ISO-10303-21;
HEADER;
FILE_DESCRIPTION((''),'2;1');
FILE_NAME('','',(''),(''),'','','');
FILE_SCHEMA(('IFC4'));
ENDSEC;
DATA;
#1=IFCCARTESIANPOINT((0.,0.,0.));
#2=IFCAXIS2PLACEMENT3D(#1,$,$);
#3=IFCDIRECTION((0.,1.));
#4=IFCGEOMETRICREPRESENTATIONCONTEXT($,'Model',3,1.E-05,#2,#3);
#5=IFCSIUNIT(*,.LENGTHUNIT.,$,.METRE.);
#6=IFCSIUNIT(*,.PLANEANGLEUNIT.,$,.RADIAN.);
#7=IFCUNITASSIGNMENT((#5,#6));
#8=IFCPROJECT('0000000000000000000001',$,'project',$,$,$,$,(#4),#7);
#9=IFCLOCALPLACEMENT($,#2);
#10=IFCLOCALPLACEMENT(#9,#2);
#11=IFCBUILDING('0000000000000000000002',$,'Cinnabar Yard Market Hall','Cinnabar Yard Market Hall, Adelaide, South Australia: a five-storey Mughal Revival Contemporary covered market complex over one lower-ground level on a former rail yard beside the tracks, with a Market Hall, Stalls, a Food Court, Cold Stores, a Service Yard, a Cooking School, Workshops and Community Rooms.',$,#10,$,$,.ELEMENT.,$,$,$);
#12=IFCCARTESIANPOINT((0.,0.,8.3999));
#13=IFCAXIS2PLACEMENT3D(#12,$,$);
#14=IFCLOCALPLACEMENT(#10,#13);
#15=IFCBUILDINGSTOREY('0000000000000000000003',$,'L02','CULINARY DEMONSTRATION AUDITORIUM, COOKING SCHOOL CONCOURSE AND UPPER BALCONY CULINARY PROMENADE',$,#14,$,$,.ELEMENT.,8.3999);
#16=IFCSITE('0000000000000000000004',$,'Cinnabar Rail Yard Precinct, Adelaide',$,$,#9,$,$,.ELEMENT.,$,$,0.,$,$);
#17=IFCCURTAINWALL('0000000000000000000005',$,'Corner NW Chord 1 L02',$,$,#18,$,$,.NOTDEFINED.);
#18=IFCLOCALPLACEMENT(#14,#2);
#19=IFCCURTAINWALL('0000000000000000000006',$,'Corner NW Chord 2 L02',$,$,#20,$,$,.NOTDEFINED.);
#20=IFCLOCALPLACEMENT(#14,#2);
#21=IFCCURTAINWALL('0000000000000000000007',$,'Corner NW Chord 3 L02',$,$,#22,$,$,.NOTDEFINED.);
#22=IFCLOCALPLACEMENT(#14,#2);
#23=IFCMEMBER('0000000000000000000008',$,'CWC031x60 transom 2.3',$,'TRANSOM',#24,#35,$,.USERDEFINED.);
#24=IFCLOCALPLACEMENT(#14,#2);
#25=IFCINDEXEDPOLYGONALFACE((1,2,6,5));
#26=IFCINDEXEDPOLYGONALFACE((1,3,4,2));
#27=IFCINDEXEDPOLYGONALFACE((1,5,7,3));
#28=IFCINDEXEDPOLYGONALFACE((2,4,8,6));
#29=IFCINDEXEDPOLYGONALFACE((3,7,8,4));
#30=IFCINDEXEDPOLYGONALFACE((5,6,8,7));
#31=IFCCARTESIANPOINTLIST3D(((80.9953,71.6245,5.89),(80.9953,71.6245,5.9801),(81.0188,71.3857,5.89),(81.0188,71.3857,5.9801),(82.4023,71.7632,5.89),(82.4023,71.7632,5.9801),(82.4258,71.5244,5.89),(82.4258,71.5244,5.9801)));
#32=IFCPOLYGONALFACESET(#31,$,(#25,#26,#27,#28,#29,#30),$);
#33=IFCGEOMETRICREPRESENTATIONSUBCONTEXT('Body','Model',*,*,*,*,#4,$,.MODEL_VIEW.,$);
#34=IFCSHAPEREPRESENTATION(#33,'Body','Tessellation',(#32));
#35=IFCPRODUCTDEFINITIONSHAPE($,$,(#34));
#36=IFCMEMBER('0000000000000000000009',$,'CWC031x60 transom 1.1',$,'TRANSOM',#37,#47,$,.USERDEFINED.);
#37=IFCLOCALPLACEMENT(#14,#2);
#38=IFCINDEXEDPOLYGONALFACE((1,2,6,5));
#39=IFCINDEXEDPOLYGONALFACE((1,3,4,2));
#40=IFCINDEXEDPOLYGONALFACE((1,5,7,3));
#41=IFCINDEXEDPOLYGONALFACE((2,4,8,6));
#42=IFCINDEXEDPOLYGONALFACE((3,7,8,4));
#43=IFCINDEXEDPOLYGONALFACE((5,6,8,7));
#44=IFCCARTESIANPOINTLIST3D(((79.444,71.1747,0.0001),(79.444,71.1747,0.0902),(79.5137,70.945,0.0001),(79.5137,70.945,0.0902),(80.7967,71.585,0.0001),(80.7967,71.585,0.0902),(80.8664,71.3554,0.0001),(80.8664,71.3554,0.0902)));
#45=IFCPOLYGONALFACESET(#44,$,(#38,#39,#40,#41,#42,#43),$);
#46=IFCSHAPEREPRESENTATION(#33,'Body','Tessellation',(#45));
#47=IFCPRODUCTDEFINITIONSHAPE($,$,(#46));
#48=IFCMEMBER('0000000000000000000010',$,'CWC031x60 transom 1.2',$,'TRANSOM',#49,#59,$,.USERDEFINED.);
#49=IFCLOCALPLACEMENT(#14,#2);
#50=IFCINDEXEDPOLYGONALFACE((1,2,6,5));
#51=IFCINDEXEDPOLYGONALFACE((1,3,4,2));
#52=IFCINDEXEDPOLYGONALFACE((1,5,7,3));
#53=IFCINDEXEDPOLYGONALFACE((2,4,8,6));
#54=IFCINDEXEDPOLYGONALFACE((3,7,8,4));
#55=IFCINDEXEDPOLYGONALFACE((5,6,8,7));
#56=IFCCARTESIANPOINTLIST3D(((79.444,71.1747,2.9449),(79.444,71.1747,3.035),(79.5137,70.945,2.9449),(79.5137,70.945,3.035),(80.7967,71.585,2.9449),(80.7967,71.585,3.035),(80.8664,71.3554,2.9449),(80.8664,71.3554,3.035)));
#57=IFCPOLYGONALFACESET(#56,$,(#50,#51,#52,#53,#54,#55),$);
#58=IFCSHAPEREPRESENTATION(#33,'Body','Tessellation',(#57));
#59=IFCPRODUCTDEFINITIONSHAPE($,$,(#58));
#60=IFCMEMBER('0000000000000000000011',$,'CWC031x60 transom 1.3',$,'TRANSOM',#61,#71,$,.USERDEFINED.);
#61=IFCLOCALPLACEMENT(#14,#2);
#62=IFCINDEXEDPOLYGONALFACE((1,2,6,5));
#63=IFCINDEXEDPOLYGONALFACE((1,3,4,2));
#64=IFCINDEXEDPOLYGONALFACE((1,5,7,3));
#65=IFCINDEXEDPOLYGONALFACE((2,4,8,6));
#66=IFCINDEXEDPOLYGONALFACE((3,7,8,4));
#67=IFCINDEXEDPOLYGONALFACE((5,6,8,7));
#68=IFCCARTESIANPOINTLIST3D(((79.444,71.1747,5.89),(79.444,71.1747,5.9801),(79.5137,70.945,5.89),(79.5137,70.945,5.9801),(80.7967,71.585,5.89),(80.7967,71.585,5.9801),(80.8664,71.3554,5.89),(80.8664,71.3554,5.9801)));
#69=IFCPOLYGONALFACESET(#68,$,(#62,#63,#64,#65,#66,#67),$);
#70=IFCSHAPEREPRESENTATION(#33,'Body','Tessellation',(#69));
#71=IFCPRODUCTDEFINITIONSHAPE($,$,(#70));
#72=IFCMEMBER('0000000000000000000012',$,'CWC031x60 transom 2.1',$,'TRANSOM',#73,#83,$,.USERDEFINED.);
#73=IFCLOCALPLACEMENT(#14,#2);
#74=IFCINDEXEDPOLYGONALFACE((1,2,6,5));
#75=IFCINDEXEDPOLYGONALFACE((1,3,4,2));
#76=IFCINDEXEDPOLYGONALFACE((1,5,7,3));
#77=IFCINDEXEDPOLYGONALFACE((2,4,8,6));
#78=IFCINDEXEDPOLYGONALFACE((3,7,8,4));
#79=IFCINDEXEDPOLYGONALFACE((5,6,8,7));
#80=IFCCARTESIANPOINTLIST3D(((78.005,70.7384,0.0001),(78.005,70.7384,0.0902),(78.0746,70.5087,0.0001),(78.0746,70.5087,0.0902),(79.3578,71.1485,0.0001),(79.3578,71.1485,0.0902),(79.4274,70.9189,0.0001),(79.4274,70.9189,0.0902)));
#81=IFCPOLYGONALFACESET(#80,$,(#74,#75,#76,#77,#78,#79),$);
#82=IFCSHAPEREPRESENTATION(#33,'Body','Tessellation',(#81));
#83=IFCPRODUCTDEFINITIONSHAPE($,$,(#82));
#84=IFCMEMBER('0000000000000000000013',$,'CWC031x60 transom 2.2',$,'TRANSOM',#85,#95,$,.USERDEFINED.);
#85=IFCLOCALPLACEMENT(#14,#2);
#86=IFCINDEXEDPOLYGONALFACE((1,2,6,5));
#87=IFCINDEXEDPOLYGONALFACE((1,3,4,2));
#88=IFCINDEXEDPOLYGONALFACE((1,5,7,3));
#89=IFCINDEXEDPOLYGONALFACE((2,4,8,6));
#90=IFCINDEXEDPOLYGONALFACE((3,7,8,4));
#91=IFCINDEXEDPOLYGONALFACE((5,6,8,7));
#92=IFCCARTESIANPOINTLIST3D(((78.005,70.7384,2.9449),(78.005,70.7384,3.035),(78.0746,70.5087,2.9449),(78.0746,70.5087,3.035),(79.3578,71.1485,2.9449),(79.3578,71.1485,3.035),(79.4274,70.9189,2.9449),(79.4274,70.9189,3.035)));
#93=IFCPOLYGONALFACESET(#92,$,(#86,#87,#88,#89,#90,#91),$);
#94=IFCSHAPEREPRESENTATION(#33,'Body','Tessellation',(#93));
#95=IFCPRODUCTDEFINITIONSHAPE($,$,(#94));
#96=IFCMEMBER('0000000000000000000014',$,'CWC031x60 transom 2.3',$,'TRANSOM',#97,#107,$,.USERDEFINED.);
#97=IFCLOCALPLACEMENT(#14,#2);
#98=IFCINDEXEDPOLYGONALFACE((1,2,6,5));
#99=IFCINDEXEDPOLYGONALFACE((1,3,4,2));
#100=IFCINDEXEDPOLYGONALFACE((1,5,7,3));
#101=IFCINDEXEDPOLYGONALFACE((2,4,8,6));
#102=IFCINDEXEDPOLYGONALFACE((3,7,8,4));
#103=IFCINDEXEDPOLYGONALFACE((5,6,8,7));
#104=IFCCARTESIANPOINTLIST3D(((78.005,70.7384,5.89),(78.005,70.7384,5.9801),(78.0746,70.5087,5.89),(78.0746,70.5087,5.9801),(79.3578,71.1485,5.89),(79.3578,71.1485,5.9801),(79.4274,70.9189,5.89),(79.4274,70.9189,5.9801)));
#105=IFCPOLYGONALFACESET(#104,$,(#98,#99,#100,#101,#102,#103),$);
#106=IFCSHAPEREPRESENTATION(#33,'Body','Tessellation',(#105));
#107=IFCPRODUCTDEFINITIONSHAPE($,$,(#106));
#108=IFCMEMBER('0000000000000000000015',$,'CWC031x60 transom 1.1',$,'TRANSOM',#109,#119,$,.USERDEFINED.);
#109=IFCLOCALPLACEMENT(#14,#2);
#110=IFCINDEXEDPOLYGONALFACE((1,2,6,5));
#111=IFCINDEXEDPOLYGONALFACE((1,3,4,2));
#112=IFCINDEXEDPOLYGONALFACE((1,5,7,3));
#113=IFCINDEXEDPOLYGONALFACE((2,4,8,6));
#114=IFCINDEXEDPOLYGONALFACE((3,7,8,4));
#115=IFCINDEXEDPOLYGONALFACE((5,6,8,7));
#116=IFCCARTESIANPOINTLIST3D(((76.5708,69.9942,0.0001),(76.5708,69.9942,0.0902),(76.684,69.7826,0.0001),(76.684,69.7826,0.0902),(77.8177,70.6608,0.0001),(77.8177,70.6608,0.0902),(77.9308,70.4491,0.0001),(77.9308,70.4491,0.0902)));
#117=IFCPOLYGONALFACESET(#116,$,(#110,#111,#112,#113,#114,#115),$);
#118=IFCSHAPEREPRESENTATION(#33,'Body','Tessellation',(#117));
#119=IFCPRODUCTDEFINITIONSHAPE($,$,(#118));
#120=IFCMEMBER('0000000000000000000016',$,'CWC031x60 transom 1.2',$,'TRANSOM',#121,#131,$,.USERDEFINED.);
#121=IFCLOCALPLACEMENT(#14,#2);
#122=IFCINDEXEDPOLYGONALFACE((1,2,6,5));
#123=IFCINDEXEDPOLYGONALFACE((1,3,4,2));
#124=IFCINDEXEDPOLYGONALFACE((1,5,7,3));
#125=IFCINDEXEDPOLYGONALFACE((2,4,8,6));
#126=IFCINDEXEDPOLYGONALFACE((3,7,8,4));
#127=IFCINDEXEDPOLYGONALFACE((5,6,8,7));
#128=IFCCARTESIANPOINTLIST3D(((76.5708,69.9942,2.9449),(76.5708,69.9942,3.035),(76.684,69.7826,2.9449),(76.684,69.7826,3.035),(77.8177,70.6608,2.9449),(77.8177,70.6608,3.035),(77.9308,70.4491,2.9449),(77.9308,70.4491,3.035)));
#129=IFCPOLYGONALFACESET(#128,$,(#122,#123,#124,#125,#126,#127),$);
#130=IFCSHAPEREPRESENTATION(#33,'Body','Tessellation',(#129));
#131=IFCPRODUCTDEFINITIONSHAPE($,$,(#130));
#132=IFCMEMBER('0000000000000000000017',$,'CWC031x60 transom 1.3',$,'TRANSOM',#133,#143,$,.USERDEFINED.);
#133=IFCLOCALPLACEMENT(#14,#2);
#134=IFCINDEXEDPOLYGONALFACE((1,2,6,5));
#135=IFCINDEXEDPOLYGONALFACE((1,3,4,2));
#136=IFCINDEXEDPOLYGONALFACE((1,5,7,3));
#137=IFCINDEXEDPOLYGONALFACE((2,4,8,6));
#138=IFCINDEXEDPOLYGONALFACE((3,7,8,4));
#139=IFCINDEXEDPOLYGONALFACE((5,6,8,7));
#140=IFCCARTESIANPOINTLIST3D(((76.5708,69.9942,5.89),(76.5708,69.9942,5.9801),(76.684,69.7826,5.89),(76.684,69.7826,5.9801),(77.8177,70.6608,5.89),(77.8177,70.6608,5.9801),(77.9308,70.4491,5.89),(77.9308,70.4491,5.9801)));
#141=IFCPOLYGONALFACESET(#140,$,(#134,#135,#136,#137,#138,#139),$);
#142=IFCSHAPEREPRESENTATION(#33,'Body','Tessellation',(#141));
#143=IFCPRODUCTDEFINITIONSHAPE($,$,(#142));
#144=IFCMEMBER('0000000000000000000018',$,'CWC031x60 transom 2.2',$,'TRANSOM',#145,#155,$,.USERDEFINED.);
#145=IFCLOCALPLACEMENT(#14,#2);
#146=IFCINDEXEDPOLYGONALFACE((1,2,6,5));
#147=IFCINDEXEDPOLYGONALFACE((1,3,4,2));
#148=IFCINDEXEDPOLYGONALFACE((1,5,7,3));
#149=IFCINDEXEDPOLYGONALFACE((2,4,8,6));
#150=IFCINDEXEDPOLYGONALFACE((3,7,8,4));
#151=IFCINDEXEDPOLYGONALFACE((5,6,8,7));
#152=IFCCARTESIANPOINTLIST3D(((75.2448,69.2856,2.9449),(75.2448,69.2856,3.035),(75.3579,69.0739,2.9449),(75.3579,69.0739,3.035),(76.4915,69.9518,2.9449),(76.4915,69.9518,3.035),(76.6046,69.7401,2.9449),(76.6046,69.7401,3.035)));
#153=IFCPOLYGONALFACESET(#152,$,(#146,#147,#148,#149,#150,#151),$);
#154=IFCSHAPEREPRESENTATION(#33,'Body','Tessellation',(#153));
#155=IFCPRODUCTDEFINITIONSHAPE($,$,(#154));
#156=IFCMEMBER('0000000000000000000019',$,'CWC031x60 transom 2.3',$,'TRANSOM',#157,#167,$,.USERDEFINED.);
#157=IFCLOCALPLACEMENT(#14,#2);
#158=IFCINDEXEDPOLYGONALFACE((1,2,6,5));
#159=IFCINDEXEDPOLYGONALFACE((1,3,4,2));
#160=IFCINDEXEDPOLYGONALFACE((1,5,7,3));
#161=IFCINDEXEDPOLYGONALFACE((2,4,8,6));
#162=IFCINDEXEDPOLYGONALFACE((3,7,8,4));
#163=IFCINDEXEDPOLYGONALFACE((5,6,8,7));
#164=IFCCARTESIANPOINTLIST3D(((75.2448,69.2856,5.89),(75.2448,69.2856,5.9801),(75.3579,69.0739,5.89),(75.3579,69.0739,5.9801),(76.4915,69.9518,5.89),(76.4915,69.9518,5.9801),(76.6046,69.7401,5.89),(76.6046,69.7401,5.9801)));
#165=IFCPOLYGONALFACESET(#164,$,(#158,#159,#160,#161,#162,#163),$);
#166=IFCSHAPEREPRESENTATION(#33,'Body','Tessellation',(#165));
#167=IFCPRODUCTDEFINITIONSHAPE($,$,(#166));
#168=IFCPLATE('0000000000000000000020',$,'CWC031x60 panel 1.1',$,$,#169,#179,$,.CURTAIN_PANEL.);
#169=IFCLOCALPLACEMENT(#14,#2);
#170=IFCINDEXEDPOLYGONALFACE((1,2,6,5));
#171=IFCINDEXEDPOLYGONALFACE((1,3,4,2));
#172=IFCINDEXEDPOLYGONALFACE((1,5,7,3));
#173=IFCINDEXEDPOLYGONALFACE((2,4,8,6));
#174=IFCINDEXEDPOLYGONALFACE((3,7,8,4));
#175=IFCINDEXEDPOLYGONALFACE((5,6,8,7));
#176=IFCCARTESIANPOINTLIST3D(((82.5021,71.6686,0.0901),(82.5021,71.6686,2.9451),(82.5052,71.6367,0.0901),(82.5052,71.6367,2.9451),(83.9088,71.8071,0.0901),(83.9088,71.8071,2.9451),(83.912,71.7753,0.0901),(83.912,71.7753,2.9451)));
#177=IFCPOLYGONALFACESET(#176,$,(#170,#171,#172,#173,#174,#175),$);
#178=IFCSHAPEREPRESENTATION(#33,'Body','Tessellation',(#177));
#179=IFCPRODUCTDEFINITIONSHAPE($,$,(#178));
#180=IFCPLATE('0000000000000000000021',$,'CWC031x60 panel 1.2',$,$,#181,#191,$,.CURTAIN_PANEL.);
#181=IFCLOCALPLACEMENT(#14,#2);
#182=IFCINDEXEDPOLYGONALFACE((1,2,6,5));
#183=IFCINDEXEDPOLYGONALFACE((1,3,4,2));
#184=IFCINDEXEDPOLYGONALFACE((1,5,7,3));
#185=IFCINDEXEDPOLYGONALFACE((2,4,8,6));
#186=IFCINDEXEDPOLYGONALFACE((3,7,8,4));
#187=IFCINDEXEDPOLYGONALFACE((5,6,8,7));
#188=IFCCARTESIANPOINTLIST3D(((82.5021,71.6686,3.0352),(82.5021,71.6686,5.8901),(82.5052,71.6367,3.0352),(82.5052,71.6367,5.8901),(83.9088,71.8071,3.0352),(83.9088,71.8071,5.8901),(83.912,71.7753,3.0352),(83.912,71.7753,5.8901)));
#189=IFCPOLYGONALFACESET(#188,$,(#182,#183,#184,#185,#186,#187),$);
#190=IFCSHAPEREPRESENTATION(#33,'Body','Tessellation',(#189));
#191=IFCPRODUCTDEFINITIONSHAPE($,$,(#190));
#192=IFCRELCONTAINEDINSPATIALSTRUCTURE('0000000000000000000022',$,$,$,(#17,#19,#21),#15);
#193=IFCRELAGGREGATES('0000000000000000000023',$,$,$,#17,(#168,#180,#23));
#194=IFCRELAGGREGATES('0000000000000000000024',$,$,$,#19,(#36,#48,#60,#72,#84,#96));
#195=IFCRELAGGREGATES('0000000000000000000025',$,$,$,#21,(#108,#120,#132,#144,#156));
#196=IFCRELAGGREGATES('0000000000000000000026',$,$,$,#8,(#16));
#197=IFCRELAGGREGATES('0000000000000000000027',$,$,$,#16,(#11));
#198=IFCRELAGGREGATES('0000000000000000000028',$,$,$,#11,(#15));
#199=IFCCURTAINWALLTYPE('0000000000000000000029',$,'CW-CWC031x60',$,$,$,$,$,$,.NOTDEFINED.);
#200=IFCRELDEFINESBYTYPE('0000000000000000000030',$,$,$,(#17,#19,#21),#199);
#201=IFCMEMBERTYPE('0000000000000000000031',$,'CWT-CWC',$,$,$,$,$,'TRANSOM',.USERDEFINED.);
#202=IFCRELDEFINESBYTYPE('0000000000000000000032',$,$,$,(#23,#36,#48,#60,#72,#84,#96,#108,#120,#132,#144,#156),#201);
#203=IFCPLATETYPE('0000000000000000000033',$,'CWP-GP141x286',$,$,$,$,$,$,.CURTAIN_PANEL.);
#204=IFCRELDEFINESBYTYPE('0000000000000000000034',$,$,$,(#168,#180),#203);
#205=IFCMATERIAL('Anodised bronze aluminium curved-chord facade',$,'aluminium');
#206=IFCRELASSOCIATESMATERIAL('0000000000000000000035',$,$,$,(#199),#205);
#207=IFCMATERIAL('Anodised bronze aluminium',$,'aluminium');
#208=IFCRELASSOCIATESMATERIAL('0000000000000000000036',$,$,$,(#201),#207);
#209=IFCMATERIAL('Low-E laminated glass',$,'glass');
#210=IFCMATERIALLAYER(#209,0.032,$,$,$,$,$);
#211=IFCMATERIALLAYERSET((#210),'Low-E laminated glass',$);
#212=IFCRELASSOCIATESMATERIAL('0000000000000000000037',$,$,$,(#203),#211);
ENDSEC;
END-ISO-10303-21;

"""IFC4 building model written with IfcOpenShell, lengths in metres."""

from ifc_helpers import new_model, si_unit, direction, frame, origin, origin_2d_with_axis, place, context, subcontext, project, spatial, rectangle, extrude, material, layer, layer_set, material_profile, profile_set, type_object, element, aggregate, save


model = new_model("IFC4")

# Units and contexts
model_context = context("Model", 3, precision=1e-05, world=origin(), true_north=direction((0.0, 1.0)))
body_context = subcontext(model_context, "Body", "Model", "MODEL_VIEW")
ifc_project = project(units=[si_unit("LENGTHUNIT", "METRE"), si_unit("PLANEANGLEUNIT", "RADIAN")], contexts=[model_context])

# Site, building, storey
site_placement = place(None, origin())
site = spatial("IfcSite", under=ifc_project, at=site_placement, Name="Cinnabar Rail Yard Precinct, Adelaide", CompositionType="ELEMENT", RefElevation=0.0)
building_placement = place(site_placement, origin())
building = spatial("IfcBuilding", under=site, at=building_placement, Name="Cinnabar Yard Market Hall", Description="Cinnabar Yard Market Hall, Adelaide, South Australia: a five-storey Mughal Revival Contemporary covered market complex over one lower-ground level on a former rail yard beside the tracks, with a Market Hall, Stalls, a Food Court, Cold Stores, a Service Yard, a Cooking School, Workshops and Community Rooms.", CompositionType="ELEMENT")
storey_placement = place(building_placement, frame((0.0, 0.0, 8.3999)))
storey = spatial("IfcBuildingStorey", under=building, at=storey_placement, Name="L02", Description="CULINARY DEMONSTRATION AUDITORIUM, COOKING SCHOOL CONCOURSE AND UPPER BALCONY CULINARY PROMENADE", CompositionType="ELEMENT", Elevation=8.3999)

# Curtain walls
ifc_material_1 = material(Name="Anodised bronze aluminium curved-chord facade", Category="aluminium")
curtain_wall_type_1 = type_object("IfcCurtainWallType", Name="CW-CWC031x60", PredefinedType="NOTDEFINED", material=ifc_material_1)
curtain_wall_1_placement = place(storey_placement, origin())
curtain_wall_1 = element("IfcCurtainWall", 1, at=curtain_wall_1_placement, inside=storey, type_object=curtain_wall_type_1, Name="Corner NW Chord 1 L02", PredefinedType="NOTDEFINED")
ifc_material_2 = material(Name="Anodised bronze aluminium", Category="aluminium")
curtain_wall_2_placement = place(storey_placement, origin())
curtain_wall_2 = element("IfcCurtainWall", 2, at=curtain_wall_2_placement, inside=storey, type_object=curtain_wall_type_1, Name="Corner NW Chord 2 L02", PredefinedType="NOTDEFINED")
curtain_wall_3_placement = place(storey_placement, origin())
curtain_wall_3 = element("IfcCurtainWall", 3, at=curtain_wall_3_placement, inside=storey, type_object=curtain_wall_type_1, Name="Corner NW Chord 3 L02", PredefinedType="NOTDEFINED")

# Members
ifc_material_profile_1 = material_profile(ifc_material_2, rectangle(XDim=0.24, YDim=0.0901, at=origin_2d_with_axis()), Name="TRN-CWC")
ifc_profile_set_1 = profile_set([ifc_material_profile_1], Name="Anodised bronze aluminium")
member_type_1 = type_object("IfcMemberType", Name="CWT-CWC", ElementType="TRANSOM", PredefinedType="USERDEFINED", material=ifc_profile_set_1)
member_1_placement = place(storey_placement, frame((82.4141, 71.6438, 5.9351), z_axis=(-0.995178, -0.098085, 0.0), x_axis=(0.098085, -0.995178, 0.0)))
member_1 = element("IfcMember", 4, at=member_1_placement, type_object=member_type_1, Name="CWC031x60 transom 2.3", ObjectType="TRANSOM", PredefinedType="USERDEFINED", context=body_context, shape_type="SweptSolid", body=[
    extrude(rectangle(XDim=0.24, YDim=0.0901, at=origin_2d_with_axis()), origin(), (0.0, 0.0, 1.0), 1.4138),
])
member_2_placement = place(storey_placement, frame((80.8315, 71.4702, 0.0452), z_axis=(-0.956933, -0.290309, 0.0), x_axis=(0.290309, -0.956933, 0.0)))
member_2 = element("IfcMember", 5, at=member_2_placement, type_object=member_type_1, Name="CWC031x60 transom 1.1", ObjectType="TRANSOM", PredefinedType="USERDEFINED", context=body_context, shape_type="SweptSolid", body=[
    extrude(rectangle(XDim=0.24, YDim=0.0901, at=origin_2d_with_axis()), origin(), (0.0, 0.0, 1.0), 1.4136),
])
member_3_placement = place(storey_placement, frame((80.8315, 71.4702, 2.99), z_axis=(-0.956933, -0.290309, 0.0), x_axis=(0.290309, -0.956933, 0.0)))
member_3 = element("IfcMember", 6, at=member_3_placement, type_object=member_type_1, Name="CWC031x60 transom 1.2", ObjectType="TRANSOM", PredefinedType="USERDEFINED", context=body_context, shape_type="SweptSolid", body=[
    extrude(rectangle(XDim=0.24, YDim=0.0901, at=origin_2d_with_axis()), origin(), (0.0, 0.0, 1.0), 1.4136),
])
member_4_placement = place(storey_placement, frame((80.8315, 71.4702, 5.9351), z_axis=(-0.956933, -0.290309, 0.0), x_axis=(0.290309, -0.956933, 0.0)))
member_4 = element("IfcMember", 7, at=member_4_placement, type_object=member_type_1, Name="CWC031x60 transom 1.3", ObjectType="TRANSOM", PredefinedType="USERDEFINED", context=body_context, shape_type="SweptSolid", body=[
    extrude(rectangle(XDim=0.24, YDim=0.0901, at=origin_2d_with_axis()), origin(), (0.0, 0.0, 1.0), 1.4136),
])
member_5_placement = place(storey_placement, frame((79.3926, 71.0337, 0.0452), z_axis=(-0.956981, -0.290151, 0.0), x_axis=(0.290151, -0.956981, 0.0)))
member_5 = element("IfcMember", 8, at=member_5_placement, type_object=member_type_1, Name="CWC031x60 transom 2.1", ObjectType="TRANSOM", PredefinedType="USERDEFINED", context=body_context, shape_type="SweptSolid", body=[
    extrude(rectangle(XDim=0.24, YDim=0.0901, at=origin_2d_with_axis()), origin(), (0.0, 0.0, 1.0), 1.4136),
])
member_6_placement = place(storey_placement, frame((79.3926, 71.0337, 2.99), z_axis=(-0.956981, -0.290151, 0.0), x_axis=(0.290151, -0.956981, 0.0)))
member_6 = element("IfcMember", 9, at=member_6_placement, type_object=member_type_1, Name="CWC031x60 transom 2.2", ObjectType="TRANSOM", PredefinedType="USERDEFINED", context=body_context, shape_type="SweptSolid", body=[
    extrude(rectangle(XDim=0.24, YDim=0.0901, at=origin_2d_with_axis()), origin(), (0.0, 0.0, 1.0), 1.4136),
])
member_7_placement = place(storey_placement, frame((79.3926, 71.0337, 5.9351), z_axis=(-0.956981, -0.290151, 0.0), x_axis=(0.290151, -0.956981, 0.0)))
member_7 = element("IfcMember", 10, at=member_7_placement, type_object=member_type_1, Name="CWC031x60 transom 2.3", ObjectType="TRANSOM", PredefinedType="USERDEFINED", context=body_context, shape_type="SweptSolid", body=[
    extrude(rectangle(XDim=0.24, YDim=0.0901, at=origin_2d_with_axis()), origin(), (0.0, 0.0, 1.0), 1.4136),
])
member_8_placement = place(storey_placement, frame((77.8743, 70.5549, 0.0452), z_axis=(-0.881903, -0.471431, 0.0), x_axis=(0.471431, -0.881903, 0.0)))
member_8 = element("IfcMember", 11, at=member_8_placement, type_object=member_type_1, Name="CWC031x60 transom 1.1", ObjectType="TRANSOM", PredefinedType="USERDEFINED", context=body_context, shape_type="SweptSolid", body=[
    extrude(rectangle(XDim=0.24, YDim=0.0901, at=origin_2d_with_axis()), origin(), (0.0, 0.0, 1.0), 1.4138),
])
member_9_placement = place(storey_placement, frame((77.8743, 70.5549, 2.99), z_axis=(-0.881903, -0.471431, 0.0), x_axis=(0.471431, -0.881903, 0.0)))
member_9 = element("IfcMember", 12, at=member_9_placement, type_object=member_type_1, Name="CWC031x60 transom 1.2", ObjectType="TRANSOM", PredefinedType="USERDEFINED", context=body_context, shape_type="SweptSolid", body=[
    extrude(rectangle(XDim=0.24, YDim=0.0901, at=origin_2d_with_axis()), origin(), (0.0, 0.0, 1.0), 1.4138),
])
member_10_placement = place(storey_placement, frame((77.8743, 70.5549, 5.9351), z_axis=(-0.881903, -0.471431, 0.0), x_axis=(0.471431, -0.881903, 0.0)))
member_10 = element("IfcMember", 13, at=member_10_placement, type_object=member_type_1, Name="CWC031x60 transom 1.3", ObjectType="TRANSOM", PredefinedType="USERDEFINED", context=body_context, shape_type="SweptSolid", body=[
    extrude(rectangle(XDim=0.24, YDim=0.0901, at=origin_2d_with_axis()), origin(), (0.0, 0.0, 1.0), 1.4138),
])
member_11_placement = place(storey_placement, frame((76.5481, 69.8459, 2.99), z_axis=(-0.881975, -0.471296, 0.0), x_axis=(0.471296, -0.881975, 0.0)))
member_11 = element("IfcMember", 14, at=member_11_placement, type_object=member_type_1, Name="CWC031x60 transom 2.2", ObjectType="TRANSOM", PredefinedType="USERDEFINED", context=body_context, shape_type="SweptSolid", body=[
    extrude(rectangle(XDim=0.24, YDim=0.0901, at=origin_2d_with_axis()), origin(), (0.0, 0.0, 1.0), 1.4136),
])
member_12_placement = place(storey_placement, frame((76.5481, 69.8459, 5.9351), z_axis=(-0.881975, -0.471296, 0.0), x_axis=(0.471296, -0.881975, 0.0)))
member_12 = element("IfcMember", 15, at=member_12_placement, type_object=member_type_1, Name="CWC031x60 transom 2.3", ObjectType="TRANSOM", PredefinedType="USERDEFINED", context=body_context, shape_type="SweptSolid", body=[
    extrude(rectangle(XDim=0.24, YDim=0.0901, at=origin_2d_with_axis()), origin(), (0.0, 0.0, 1.0), 1.4136),
])

# Plates
ifc_material_3 = material(Name="Low-E laminated glass", Category="glass")
ifc_layer_1 = layer(ifc_material_3, 0.032)
ifc_layer_set_1 = layer_set([ifc_layer_1], Name="Low-E laminated glass")
plate_type_1 = type_object("IfcPlateType", Name="CWP-GP141x286", PredefinedType="CURTAIN_PANEL", material=ifc_layer_set_1)
plate_1_placement = place(storey_placement, frame((83.207, 71.7219, 0.0901), z_axis=(0.0, 0.0, 1.0), x_axis=(-0.995184, -0.09802, 0.0)))
plate_1 = element("IfcPlate", 16, at=plate_1_placement, type_object=plate_type_1, Name="CWC031x60 panel 1.1", PredefinedType="CURTAIN_PANEL", context=body_context, shape_type="SweptSolid", body=[
    extrude(rectangle(XDim=1.4136, YDim=0.032, at=origin_2d_with_axis()), origin(), (0.0, 0.0, 1.0), 2.855),
])
plate_2_placement = place(storey_placement, frame((83.207, 71.7219, 3.0352), z_axis=(0.0, 0.0, 1.0), x_axis=(-0.995184, -0.09802, 0.0)))
plate_2 = element("IfcPlate", 17, at=plate_2_placement, type_object=plate_type_1, Name="CWC031x60 panel 1.2", PredefinedType="CURTAIN_PANEL", context=body_context, shape_type="SweptSolid", body=[
    extrude(rectangle(XDim=1.4136, YDim=0.032, at=origin_2d_with_axis()), origin(), (0.0, 0.0, 1.0), 2.855),
])
aggregate(curtain_wall_1, [plate_1, plate_2, member_1])
aggregate(curtain_wall_2, [member_2, member_3, member_4, member_5, member_6, member_7])
aggregate(curtain_wall_3, [member_8, member_9, member_10, member_11, member_12])

save(model, "model.ifc")
